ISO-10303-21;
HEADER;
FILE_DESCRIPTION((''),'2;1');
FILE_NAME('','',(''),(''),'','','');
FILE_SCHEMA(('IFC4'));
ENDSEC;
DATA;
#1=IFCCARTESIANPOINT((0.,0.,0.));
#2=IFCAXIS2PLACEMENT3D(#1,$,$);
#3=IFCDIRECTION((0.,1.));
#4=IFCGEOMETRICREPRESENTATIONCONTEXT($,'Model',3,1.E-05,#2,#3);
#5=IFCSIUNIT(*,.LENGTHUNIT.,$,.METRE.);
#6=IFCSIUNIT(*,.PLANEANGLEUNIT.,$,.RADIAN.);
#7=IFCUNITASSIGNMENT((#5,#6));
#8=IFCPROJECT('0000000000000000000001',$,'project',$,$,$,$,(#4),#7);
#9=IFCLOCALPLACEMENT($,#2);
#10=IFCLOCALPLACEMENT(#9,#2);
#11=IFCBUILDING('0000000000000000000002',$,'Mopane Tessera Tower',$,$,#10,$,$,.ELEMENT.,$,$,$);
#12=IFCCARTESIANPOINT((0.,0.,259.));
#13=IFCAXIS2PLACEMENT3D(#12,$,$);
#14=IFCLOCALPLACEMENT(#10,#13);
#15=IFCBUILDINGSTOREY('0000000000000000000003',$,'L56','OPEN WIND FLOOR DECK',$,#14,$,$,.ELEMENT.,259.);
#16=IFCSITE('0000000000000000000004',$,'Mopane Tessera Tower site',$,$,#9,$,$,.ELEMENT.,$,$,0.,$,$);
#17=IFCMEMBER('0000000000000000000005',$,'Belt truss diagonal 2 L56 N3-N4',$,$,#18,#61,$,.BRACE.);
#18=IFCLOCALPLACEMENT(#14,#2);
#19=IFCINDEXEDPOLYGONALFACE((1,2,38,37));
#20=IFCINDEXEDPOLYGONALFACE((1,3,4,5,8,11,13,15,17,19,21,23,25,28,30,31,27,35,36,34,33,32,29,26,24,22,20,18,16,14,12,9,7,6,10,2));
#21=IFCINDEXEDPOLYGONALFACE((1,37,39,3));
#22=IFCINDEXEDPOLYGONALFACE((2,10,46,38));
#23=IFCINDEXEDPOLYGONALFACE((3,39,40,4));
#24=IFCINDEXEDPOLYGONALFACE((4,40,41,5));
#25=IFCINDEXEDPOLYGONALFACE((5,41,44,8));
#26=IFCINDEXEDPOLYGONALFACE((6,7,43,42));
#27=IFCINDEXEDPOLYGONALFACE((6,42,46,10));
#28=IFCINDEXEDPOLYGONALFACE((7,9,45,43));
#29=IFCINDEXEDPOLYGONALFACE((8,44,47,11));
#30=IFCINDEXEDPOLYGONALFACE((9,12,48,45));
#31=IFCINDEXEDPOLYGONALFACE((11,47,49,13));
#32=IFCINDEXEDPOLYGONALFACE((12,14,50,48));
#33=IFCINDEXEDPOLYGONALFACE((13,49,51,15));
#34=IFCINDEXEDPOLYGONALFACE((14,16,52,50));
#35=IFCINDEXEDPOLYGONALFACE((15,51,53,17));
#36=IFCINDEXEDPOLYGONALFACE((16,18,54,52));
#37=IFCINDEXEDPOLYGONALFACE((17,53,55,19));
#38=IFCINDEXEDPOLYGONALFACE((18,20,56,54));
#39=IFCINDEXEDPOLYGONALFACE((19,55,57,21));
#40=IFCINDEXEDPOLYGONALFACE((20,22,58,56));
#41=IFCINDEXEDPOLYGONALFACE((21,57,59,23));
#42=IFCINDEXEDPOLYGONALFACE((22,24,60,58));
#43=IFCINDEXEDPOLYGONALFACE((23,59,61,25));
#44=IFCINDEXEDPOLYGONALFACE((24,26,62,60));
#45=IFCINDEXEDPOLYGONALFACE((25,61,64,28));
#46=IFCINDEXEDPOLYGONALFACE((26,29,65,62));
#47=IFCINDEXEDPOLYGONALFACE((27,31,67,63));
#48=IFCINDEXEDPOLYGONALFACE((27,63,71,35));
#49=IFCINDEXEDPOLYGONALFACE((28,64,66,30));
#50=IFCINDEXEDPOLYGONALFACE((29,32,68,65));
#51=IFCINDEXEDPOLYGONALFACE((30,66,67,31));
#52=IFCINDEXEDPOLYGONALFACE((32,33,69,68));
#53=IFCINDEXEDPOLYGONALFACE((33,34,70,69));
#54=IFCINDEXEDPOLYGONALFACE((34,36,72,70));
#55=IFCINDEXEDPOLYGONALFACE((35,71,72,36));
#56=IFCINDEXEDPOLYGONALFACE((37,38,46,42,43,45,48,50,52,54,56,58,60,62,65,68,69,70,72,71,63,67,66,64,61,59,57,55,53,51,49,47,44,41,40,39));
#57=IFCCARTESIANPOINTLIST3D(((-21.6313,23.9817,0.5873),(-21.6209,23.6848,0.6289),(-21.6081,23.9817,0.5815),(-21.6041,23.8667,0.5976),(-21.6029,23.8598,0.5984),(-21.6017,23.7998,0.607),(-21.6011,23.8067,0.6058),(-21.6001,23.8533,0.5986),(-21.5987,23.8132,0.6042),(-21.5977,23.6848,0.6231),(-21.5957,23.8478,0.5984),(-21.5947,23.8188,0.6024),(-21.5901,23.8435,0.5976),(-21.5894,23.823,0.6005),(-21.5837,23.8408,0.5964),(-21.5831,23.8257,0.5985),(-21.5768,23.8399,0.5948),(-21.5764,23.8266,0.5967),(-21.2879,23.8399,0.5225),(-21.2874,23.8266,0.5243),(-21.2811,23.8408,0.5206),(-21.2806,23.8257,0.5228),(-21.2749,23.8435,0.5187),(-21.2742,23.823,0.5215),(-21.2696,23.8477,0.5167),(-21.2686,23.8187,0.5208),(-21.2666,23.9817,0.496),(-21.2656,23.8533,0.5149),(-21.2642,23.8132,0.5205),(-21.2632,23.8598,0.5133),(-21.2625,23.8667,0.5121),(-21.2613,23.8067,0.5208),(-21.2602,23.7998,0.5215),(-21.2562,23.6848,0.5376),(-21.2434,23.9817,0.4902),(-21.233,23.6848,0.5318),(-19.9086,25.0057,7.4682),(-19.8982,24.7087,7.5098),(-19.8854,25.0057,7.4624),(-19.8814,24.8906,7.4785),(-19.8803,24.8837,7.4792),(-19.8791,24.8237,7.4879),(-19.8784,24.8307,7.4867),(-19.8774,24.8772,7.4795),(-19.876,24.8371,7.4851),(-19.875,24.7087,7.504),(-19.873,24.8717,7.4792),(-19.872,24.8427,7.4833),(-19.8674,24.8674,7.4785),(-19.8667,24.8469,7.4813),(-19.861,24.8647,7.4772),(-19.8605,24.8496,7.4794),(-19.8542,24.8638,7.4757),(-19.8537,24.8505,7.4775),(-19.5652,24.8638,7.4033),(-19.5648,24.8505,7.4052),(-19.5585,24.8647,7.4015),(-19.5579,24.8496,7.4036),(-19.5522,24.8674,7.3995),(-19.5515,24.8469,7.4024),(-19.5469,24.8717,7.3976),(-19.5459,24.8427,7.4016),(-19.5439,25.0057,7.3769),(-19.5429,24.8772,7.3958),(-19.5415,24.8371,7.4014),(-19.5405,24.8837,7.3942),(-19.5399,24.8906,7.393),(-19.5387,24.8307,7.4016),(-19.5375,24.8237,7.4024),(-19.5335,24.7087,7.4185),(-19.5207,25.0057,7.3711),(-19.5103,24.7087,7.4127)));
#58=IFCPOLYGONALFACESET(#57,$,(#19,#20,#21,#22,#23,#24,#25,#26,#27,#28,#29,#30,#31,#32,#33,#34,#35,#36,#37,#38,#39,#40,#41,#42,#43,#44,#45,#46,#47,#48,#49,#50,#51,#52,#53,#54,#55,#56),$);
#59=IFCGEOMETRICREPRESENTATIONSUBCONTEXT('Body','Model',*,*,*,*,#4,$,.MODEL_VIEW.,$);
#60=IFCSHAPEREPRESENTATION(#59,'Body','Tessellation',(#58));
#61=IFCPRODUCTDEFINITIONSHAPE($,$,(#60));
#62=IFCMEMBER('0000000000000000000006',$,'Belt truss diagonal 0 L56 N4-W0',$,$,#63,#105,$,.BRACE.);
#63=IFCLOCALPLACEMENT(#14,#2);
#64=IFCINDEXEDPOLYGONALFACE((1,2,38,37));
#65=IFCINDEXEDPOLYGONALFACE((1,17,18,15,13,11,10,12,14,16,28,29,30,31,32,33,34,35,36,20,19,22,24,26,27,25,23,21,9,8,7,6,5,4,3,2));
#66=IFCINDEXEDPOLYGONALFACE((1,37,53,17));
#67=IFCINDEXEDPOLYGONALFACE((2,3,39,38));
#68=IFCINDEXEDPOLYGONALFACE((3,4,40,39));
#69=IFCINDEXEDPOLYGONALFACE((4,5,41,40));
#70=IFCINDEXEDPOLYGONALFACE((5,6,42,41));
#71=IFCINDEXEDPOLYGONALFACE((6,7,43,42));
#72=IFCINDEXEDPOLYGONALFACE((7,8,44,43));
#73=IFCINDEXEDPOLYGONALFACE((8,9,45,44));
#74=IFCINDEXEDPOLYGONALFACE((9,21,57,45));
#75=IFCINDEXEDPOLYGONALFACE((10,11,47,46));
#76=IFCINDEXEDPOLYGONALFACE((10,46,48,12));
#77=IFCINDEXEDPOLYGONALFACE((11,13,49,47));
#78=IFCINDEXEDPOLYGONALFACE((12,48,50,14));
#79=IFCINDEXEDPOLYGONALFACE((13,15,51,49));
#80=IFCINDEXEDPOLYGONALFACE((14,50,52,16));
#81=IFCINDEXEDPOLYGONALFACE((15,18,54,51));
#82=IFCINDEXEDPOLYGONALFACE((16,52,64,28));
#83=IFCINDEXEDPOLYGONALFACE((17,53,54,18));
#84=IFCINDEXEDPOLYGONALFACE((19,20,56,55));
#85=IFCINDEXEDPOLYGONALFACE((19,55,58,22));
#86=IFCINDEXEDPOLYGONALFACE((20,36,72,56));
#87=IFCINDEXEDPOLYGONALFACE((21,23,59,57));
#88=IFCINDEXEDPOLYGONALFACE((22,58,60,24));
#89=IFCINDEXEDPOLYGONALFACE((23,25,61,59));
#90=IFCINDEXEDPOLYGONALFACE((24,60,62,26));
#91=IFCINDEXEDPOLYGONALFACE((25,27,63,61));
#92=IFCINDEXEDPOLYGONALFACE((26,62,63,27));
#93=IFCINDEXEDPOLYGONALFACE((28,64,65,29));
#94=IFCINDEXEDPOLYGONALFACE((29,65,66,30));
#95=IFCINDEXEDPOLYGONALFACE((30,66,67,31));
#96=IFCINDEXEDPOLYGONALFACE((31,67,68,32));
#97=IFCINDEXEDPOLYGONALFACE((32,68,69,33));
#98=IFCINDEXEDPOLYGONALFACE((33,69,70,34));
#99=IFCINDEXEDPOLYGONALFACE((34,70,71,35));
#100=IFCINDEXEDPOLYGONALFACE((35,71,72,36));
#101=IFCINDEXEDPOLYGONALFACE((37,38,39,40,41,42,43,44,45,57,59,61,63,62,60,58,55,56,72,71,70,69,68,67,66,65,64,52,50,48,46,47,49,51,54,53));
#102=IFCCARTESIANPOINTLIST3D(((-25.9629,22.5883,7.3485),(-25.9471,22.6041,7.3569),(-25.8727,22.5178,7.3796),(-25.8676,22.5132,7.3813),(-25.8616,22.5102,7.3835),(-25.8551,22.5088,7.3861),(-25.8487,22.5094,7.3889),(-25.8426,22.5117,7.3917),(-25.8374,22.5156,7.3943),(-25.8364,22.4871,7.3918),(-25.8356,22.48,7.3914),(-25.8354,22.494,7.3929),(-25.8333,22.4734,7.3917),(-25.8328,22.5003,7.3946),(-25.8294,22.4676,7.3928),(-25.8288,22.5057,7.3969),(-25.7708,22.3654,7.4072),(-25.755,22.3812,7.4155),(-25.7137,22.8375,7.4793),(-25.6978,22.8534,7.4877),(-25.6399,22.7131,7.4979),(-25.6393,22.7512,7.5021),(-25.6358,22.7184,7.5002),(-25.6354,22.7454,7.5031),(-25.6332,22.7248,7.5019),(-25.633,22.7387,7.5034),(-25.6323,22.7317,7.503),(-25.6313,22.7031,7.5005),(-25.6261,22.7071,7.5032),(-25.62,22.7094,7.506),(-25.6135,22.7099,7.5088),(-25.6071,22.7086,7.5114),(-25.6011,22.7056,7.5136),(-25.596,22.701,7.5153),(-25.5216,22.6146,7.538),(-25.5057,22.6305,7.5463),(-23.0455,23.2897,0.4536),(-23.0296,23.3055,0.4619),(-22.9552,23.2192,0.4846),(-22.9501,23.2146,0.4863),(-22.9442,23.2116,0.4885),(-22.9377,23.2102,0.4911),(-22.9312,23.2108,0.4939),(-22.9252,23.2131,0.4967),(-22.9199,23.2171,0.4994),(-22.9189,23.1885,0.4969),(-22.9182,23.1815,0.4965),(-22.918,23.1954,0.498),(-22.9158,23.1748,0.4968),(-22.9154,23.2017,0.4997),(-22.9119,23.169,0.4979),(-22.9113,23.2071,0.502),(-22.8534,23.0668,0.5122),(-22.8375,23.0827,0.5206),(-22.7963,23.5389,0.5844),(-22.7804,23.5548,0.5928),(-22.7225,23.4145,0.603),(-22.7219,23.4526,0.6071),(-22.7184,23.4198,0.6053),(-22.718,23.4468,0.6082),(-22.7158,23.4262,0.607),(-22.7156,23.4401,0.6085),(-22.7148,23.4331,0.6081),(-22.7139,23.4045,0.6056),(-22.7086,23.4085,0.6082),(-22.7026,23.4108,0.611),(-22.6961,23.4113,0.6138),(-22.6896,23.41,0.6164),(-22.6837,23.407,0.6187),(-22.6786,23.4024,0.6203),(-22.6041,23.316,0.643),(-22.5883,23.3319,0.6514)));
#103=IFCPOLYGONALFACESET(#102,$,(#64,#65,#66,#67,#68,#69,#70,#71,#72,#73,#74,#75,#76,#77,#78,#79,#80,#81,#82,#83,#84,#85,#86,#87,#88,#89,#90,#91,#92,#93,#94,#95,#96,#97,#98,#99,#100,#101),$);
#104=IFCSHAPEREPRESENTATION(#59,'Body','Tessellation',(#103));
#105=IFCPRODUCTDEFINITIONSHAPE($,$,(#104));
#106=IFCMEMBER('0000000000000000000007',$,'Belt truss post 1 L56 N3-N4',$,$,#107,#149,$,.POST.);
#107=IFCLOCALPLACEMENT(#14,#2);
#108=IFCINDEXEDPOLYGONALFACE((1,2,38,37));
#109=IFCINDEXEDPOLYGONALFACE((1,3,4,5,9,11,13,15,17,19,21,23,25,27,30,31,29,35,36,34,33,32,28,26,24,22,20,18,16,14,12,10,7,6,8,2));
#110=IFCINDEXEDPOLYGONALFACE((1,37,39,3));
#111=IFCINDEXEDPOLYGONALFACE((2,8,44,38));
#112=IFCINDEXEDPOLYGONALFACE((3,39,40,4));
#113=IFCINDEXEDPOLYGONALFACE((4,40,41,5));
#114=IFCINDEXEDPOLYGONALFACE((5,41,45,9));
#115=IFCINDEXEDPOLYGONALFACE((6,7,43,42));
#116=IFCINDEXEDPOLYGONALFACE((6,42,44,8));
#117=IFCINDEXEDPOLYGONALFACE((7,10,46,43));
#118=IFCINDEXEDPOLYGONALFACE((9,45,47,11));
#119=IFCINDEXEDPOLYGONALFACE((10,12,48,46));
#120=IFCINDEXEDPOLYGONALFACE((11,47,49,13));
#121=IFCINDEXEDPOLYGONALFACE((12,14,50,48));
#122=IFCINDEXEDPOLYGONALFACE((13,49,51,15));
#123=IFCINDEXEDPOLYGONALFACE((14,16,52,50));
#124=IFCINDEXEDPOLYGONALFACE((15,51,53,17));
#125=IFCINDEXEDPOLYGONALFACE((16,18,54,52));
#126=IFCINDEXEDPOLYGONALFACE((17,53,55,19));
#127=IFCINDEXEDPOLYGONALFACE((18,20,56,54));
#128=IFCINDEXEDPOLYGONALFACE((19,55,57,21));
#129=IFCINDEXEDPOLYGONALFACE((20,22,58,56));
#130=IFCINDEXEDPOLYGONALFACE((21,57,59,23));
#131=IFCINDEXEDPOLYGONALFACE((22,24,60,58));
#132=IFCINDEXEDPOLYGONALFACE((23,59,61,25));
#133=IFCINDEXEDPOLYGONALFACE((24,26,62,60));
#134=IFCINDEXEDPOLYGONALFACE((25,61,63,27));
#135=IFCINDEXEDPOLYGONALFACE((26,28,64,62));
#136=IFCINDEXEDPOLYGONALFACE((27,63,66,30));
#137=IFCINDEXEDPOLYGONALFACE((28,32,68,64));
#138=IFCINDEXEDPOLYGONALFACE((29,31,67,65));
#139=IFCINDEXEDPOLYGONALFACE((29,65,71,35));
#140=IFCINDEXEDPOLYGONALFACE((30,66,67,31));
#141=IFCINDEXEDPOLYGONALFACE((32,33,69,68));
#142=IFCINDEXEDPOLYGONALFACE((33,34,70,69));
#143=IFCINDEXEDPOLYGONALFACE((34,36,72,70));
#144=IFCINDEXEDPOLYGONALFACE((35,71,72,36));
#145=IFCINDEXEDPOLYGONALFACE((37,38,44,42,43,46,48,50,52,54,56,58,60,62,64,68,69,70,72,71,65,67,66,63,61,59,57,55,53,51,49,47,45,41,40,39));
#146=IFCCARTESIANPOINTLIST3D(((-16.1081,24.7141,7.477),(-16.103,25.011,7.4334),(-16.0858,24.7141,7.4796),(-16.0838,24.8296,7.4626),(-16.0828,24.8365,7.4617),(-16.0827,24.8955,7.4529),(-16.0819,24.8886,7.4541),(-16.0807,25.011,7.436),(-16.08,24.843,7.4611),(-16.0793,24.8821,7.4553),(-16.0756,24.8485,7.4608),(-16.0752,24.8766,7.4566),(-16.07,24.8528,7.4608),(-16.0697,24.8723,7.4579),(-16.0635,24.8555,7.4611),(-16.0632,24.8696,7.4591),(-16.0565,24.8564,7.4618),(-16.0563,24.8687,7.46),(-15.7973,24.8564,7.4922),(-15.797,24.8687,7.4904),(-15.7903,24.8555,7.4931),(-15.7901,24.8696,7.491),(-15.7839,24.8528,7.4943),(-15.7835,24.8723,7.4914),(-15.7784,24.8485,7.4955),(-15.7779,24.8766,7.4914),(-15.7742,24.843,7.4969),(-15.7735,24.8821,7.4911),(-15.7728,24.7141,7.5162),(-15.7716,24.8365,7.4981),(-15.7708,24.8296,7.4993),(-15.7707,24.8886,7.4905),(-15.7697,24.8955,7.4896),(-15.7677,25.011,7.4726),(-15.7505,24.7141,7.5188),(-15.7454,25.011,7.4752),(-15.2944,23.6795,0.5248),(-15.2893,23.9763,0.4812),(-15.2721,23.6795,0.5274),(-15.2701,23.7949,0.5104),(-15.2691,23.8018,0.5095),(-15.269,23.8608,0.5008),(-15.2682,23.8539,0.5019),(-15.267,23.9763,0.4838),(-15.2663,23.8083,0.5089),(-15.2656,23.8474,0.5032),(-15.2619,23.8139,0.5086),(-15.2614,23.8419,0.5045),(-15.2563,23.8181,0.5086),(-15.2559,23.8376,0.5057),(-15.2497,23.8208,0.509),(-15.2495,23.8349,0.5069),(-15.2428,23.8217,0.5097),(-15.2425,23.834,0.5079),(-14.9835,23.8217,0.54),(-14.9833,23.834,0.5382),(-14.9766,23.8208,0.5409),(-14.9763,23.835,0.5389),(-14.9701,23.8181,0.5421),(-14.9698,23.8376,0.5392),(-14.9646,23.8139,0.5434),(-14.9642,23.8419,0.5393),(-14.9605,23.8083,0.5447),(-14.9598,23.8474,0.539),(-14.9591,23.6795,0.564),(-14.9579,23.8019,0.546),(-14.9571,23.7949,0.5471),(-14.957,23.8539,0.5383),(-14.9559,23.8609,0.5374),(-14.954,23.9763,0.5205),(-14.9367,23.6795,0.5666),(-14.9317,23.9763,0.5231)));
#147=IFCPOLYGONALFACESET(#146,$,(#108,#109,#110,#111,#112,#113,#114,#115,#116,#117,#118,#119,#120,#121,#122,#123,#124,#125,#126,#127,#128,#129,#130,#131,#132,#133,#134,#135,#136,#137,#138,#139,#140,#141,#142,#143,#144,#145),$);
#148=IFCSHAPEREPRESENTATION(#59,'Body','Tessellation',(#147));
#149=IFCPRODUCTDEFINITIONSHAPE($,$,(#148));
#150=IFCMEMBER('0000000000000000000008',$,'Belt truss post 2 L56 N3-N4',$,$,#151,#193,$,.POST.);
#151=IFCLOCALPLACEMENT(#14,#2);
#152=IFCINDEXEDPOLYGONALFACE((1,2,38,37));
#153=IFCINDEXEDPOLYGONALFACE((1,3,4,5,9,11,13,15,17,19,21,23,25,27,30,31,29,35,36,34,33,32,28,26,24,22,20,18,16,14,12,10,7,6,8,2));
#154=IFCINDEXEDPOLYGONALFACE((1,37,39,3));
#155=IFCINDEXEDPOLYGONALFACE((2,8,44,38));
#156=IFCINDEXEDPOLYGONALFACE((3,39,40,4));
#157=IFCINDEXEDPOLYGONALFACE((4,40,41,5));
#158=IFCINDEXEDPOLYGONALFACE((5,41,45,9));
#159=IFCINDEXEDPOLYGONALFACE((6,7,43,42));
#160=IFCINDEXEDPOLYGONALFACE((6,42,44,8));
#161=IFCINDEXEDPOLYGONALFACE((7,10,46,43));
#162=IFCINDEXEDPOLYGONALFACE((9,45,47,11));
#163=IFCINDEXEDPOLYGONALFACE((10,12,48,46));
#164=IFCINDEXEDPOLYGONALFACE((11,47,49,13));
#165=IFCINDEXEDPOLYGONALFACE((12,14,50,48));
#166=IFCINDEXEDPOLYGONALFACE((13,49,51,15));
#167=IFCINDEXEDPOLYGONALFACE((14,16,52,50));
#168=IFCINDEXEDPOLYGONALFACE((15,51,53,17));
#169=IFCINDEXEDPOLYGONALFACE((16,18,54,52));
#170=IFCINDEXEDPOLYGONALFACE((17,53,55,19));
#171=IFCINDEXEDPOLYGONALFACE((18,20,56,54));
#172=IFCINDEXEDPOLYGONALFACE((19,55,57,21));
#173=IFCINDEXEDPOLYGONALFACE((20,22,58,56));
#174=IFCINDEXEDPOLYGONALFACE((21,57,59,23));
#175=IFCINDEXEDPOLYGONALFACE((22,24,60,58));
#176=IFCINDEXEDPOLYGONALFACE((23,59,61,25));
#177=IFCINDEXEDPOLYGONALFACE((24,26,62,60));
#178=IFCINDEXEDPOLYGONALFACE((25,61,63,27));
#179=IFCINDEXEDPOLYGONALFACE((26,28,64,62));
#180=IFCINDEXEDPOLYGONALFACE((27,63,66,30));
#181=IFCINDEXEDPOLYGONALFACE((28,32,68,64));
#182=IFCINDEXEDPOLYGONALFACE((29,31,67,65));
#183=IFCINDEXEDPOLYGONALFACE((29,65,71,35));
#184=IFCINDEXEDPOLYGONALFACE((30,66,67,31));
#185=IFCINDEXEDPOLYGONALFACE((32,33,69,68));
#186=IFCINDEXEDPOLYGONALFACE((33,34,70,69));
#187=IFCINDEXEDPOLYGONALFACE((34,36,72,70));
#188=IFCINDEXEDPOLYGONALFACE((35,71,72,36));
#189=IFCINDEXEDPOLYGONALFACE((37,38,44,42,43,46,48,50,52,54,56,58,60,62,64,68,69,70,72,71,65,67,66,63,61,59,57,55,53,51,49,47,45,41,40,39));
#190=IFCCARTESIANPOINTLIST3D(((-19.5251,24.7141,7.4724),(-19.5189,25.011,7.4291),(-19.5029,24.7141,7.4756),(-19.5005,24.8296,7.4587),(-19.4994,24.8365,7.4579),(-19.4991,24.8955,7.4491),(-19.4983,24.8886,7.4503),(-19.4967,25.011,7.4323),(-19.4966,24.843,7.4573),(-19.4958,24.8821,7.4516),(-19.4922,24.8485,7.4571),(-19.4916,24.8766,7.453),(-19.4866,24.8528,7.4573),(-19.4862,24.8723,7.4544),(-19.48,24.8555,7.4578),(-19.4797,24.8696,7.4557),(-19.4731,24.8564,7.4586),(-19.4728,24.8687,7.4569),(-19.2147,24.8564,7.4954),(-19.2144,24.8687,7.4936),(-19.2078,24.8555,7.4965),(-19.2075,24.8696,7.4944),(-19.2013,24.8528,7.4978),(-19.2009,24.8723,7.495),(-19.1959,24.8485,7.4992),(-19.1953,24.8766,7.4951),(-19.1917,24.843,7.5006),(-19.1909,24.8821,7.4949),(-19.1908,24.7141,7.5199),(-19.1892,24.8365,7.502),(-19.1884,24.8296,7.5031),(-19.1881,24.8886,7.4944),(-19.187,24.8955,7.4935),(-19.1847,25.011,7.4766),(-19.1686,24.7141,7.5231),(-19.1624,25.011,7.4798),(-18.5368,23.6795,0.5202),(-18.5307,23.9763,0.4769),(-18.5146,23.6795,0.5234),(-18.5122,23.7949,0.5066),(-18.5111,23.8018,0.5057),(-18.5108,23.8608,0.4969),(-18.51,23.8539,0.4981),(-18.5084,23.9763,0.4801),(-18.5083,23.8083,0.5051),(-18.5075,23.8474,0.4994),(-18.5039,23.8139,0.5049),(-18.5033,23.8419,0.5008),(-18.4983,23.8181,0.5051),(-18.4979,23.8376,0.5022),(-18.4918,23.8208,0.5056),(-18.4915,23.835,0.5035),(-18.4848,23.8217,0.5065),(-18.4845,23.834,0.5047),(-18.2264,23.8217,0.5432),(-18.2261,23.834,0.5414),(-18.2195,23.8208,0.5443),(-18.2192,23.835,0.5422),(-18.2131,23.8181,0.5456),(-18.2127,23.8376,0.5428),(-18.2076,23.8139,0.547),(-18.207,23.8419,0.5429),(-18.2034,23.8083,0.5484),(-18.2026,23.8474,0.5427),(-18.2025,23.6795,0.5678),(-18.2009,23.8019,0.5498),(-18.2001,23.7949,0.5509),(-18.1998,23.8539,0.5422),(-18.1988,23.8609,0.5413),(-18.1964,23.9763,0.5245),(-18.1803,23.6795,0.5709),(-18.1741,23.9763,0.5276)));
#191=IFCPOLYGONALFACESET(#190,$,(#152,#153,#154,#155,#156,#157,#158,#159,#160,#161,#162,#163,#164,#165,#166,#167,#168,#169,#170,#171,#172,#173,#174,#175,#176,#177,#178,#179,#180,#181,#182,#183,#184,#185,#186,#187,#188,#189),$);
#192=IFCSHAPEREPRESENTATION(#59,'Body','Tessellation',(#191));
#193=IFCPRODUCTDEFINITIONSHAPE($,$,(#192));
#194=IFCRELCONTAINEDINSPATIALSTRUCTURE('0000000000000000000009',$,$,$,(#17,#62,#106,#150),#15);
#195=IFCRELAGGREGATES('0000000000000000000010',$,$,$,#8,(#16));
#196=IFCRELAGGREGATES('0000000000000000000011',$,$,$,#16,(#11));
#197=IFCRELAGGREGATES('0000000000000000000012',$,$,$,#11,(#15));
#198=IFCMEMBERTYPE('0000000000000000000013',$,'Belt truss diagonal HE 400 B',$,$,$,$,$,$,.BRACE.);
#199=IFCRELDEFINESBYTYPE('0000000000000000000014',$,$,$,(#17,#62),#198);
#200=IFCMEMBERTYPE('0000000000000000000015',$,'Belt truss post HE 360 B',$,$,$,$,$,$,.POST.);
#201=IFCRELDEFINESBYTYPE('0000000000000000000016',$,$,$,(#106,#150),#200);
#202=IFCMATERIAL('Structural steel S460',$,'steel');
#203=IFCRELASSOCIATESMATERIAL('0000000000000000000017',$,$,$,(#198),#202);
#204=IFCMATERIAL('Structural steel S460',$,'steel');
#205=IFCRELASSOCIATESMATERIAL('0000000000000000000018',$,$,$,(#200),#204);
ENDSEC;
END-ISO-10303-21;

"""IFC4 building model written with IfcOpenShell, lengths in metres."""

from ifc_helpers import new_model, si_unit, direction, frame, origin, origin_2d, place, context, subcontext, project, spatial, i_section, extrude, material, material_profile, profile_set, type_object, element, save


model = new_model("IFC4")

# Units and contexts
model_context = context("Model", 3, precision=1e-05, world=origin(), true_north=direction((0.0, 1.0)))
body_context = subcontext(model_context, "Body", "Model", "MODEL_VIEW")
ifc_project = project(units=[si_unit("LENGTHUNIT", "METRE"), si_unit("PLANEANGLEUNIT", "RADIAN")], contexts=[model_context])

# Site, building, storey
site_placement = place(None, origin())
site = spatial("IfcSite", under=ifc_project, at=site_placement, Name="Mopane Tessera Tower site", CompositionType="ELEMENT", RefElevation=0.0)
building_placement = place(site_placement, origin())
building = spatial("IfcBuilding", under=site, at=building_placement, Name="Mopane Tessera Tower", CompositionType="ELEMENT")
storey_placement = place(building_placement, frame((0.0, 0.0, 259.0)))
storey = spatial("IfcBuildingStorey", under=building, at=storey_placement, Name="L56", Description="OPEN WIND FLOOR DECK", CompositionType="ELEMENT", Elevation=259.0)

# Members
ifc_material_1 = material(Name="Structural steel S460", Category="steel")
ifc_material_profile_1 = material_profile(ifc_material_1, i_section(OverallWidth=0.3, OverallDepth=0.3999, WebThickness=0.0134, FlangeThickness=0.0239, FilletRadius=0.0271, at=origin_2d()))
ifc_profile_set_1 = profile_set([ifc_material_profile_1], Name="Structural steel S460")
member_type_1 = type_object("IfcMemberType", Name="Belt truss diagonal HE 400 B", PredefinedType="BRACE", material=ifc_profile_set_1)
member_1_placement = place(storey_placement, frame((-19.7095, 24.8572, 7.4404), z_axis=(-0.240368, -0.142872, -0.96011), x_axis=(0.034683, -0.989741, 0.138598)))
element("IfcMember", 1, at=member_1_placement, inside=storey, type_object=member_type_1, Name="Belt truss diagonal 2 L56 N3-N4", PredefinedType="BRACE", context=body_context, shape_type="SweptSolid", body=[
    extrude(i_section(OverallWidth=0.3, OverallDepth=0.3999, WebThickness=0.0134, FlangeThickness=0.0239, FilletRadius=0.0271, at=origin_2d()), origin(), (0.0, 0.0, 1.0), 7.1667),
])
member_2_placement = place(storey_placement, frame((-22.8169, 23.3108, 0.5525), z_axis=(-0.387981, -0.093278, 0.916935), x_axis=(0.640323, -0.742843, 0.195371)))
element("IfcMember", 2, at=member_2_placement, inside=storey, type_object=member_type_1, Name="Belt truss diagonal 0 L56 N4-W0", PredefinedType="BRACE", context=body_context, shape_type="SweptSolid", body=[
    extrude(i_section(OverallWidth=0.3, OverallDepth=0.3999, WebThickness=0.0134, FlangeThickness=0.0239, FilletRadius=0.0271, at=origin_2d()), origin(), (0.0, 0.0, 1.0), 7.5195),
])
ifc_material_2 = material(Name="Structural steel S460", Category="steel")
ifc_material_profile_2 = material_profile(ifc_material_2, i_section(OverallWidth=0.3, OverallDepth=0.3601, WebThickness=0.0125, FlangeThickness=0.0225, FilletRadius=0.0271, at=origin_2d()))
ifc_profile_set_2 = profile_set([ifc_material_profile_2], Name="Structural steel S460")
member_type_2 = type_object("IfcMemberType", Name="Belt truss post HE 360 B", PredefinedType="POST", material=ifc_profile_set_2)
member_3_placement = place(storey_placement, frame((-15.113, 23.8279, 0.5239), z_axis=(-0.115003, 0.146229, 0.982543), x_axis=(-0.016962, -0.989251, 0.145242)))
element("IfcMember", 3, at=member_3_placement, inside=storey, type_object=member_type_2, Name="Belt truss post 1 L56 N3-N4", PredefinedType="POST", context=body_context, shape_type="SweptSolid", body=[
    extrude(i_section(OverallWidth=0.3, OverallDepth=0.3601, WebThickness=0.0125, FlangeThickness=0.0225, FilletRadius=0.0271, at=origin_2d()), origin(), (0.0, 0.0, 1.0), 7.0757),
])
member_4_placement = place(storey_placement, frame((-18.3555, 23.8279, 0.5239), z_axis=(-0.139237, 0.145772, 0.979471), x_axis=(-0.020509, -0.989318, 0.144322)))
element("IfcMember", 4, at=member_4_placement, inside=storey, type_object=member_type_2, Name="Belt truss post 2 L56 N3-N4", PredefinedType="POST", context=body_context, shape_type="SweptSolid", body=[
    extrude(i_section(OverallWidth=0.3, OverallDepth=0.3601, WebThickness=0.0125, FlangeThickness=0.0225, FilletRadius=0.0271, at=origin_2d()), origin(), (0.0, 0.0, 1.0), 7.0979),
])

save(model, "model.ifc")
